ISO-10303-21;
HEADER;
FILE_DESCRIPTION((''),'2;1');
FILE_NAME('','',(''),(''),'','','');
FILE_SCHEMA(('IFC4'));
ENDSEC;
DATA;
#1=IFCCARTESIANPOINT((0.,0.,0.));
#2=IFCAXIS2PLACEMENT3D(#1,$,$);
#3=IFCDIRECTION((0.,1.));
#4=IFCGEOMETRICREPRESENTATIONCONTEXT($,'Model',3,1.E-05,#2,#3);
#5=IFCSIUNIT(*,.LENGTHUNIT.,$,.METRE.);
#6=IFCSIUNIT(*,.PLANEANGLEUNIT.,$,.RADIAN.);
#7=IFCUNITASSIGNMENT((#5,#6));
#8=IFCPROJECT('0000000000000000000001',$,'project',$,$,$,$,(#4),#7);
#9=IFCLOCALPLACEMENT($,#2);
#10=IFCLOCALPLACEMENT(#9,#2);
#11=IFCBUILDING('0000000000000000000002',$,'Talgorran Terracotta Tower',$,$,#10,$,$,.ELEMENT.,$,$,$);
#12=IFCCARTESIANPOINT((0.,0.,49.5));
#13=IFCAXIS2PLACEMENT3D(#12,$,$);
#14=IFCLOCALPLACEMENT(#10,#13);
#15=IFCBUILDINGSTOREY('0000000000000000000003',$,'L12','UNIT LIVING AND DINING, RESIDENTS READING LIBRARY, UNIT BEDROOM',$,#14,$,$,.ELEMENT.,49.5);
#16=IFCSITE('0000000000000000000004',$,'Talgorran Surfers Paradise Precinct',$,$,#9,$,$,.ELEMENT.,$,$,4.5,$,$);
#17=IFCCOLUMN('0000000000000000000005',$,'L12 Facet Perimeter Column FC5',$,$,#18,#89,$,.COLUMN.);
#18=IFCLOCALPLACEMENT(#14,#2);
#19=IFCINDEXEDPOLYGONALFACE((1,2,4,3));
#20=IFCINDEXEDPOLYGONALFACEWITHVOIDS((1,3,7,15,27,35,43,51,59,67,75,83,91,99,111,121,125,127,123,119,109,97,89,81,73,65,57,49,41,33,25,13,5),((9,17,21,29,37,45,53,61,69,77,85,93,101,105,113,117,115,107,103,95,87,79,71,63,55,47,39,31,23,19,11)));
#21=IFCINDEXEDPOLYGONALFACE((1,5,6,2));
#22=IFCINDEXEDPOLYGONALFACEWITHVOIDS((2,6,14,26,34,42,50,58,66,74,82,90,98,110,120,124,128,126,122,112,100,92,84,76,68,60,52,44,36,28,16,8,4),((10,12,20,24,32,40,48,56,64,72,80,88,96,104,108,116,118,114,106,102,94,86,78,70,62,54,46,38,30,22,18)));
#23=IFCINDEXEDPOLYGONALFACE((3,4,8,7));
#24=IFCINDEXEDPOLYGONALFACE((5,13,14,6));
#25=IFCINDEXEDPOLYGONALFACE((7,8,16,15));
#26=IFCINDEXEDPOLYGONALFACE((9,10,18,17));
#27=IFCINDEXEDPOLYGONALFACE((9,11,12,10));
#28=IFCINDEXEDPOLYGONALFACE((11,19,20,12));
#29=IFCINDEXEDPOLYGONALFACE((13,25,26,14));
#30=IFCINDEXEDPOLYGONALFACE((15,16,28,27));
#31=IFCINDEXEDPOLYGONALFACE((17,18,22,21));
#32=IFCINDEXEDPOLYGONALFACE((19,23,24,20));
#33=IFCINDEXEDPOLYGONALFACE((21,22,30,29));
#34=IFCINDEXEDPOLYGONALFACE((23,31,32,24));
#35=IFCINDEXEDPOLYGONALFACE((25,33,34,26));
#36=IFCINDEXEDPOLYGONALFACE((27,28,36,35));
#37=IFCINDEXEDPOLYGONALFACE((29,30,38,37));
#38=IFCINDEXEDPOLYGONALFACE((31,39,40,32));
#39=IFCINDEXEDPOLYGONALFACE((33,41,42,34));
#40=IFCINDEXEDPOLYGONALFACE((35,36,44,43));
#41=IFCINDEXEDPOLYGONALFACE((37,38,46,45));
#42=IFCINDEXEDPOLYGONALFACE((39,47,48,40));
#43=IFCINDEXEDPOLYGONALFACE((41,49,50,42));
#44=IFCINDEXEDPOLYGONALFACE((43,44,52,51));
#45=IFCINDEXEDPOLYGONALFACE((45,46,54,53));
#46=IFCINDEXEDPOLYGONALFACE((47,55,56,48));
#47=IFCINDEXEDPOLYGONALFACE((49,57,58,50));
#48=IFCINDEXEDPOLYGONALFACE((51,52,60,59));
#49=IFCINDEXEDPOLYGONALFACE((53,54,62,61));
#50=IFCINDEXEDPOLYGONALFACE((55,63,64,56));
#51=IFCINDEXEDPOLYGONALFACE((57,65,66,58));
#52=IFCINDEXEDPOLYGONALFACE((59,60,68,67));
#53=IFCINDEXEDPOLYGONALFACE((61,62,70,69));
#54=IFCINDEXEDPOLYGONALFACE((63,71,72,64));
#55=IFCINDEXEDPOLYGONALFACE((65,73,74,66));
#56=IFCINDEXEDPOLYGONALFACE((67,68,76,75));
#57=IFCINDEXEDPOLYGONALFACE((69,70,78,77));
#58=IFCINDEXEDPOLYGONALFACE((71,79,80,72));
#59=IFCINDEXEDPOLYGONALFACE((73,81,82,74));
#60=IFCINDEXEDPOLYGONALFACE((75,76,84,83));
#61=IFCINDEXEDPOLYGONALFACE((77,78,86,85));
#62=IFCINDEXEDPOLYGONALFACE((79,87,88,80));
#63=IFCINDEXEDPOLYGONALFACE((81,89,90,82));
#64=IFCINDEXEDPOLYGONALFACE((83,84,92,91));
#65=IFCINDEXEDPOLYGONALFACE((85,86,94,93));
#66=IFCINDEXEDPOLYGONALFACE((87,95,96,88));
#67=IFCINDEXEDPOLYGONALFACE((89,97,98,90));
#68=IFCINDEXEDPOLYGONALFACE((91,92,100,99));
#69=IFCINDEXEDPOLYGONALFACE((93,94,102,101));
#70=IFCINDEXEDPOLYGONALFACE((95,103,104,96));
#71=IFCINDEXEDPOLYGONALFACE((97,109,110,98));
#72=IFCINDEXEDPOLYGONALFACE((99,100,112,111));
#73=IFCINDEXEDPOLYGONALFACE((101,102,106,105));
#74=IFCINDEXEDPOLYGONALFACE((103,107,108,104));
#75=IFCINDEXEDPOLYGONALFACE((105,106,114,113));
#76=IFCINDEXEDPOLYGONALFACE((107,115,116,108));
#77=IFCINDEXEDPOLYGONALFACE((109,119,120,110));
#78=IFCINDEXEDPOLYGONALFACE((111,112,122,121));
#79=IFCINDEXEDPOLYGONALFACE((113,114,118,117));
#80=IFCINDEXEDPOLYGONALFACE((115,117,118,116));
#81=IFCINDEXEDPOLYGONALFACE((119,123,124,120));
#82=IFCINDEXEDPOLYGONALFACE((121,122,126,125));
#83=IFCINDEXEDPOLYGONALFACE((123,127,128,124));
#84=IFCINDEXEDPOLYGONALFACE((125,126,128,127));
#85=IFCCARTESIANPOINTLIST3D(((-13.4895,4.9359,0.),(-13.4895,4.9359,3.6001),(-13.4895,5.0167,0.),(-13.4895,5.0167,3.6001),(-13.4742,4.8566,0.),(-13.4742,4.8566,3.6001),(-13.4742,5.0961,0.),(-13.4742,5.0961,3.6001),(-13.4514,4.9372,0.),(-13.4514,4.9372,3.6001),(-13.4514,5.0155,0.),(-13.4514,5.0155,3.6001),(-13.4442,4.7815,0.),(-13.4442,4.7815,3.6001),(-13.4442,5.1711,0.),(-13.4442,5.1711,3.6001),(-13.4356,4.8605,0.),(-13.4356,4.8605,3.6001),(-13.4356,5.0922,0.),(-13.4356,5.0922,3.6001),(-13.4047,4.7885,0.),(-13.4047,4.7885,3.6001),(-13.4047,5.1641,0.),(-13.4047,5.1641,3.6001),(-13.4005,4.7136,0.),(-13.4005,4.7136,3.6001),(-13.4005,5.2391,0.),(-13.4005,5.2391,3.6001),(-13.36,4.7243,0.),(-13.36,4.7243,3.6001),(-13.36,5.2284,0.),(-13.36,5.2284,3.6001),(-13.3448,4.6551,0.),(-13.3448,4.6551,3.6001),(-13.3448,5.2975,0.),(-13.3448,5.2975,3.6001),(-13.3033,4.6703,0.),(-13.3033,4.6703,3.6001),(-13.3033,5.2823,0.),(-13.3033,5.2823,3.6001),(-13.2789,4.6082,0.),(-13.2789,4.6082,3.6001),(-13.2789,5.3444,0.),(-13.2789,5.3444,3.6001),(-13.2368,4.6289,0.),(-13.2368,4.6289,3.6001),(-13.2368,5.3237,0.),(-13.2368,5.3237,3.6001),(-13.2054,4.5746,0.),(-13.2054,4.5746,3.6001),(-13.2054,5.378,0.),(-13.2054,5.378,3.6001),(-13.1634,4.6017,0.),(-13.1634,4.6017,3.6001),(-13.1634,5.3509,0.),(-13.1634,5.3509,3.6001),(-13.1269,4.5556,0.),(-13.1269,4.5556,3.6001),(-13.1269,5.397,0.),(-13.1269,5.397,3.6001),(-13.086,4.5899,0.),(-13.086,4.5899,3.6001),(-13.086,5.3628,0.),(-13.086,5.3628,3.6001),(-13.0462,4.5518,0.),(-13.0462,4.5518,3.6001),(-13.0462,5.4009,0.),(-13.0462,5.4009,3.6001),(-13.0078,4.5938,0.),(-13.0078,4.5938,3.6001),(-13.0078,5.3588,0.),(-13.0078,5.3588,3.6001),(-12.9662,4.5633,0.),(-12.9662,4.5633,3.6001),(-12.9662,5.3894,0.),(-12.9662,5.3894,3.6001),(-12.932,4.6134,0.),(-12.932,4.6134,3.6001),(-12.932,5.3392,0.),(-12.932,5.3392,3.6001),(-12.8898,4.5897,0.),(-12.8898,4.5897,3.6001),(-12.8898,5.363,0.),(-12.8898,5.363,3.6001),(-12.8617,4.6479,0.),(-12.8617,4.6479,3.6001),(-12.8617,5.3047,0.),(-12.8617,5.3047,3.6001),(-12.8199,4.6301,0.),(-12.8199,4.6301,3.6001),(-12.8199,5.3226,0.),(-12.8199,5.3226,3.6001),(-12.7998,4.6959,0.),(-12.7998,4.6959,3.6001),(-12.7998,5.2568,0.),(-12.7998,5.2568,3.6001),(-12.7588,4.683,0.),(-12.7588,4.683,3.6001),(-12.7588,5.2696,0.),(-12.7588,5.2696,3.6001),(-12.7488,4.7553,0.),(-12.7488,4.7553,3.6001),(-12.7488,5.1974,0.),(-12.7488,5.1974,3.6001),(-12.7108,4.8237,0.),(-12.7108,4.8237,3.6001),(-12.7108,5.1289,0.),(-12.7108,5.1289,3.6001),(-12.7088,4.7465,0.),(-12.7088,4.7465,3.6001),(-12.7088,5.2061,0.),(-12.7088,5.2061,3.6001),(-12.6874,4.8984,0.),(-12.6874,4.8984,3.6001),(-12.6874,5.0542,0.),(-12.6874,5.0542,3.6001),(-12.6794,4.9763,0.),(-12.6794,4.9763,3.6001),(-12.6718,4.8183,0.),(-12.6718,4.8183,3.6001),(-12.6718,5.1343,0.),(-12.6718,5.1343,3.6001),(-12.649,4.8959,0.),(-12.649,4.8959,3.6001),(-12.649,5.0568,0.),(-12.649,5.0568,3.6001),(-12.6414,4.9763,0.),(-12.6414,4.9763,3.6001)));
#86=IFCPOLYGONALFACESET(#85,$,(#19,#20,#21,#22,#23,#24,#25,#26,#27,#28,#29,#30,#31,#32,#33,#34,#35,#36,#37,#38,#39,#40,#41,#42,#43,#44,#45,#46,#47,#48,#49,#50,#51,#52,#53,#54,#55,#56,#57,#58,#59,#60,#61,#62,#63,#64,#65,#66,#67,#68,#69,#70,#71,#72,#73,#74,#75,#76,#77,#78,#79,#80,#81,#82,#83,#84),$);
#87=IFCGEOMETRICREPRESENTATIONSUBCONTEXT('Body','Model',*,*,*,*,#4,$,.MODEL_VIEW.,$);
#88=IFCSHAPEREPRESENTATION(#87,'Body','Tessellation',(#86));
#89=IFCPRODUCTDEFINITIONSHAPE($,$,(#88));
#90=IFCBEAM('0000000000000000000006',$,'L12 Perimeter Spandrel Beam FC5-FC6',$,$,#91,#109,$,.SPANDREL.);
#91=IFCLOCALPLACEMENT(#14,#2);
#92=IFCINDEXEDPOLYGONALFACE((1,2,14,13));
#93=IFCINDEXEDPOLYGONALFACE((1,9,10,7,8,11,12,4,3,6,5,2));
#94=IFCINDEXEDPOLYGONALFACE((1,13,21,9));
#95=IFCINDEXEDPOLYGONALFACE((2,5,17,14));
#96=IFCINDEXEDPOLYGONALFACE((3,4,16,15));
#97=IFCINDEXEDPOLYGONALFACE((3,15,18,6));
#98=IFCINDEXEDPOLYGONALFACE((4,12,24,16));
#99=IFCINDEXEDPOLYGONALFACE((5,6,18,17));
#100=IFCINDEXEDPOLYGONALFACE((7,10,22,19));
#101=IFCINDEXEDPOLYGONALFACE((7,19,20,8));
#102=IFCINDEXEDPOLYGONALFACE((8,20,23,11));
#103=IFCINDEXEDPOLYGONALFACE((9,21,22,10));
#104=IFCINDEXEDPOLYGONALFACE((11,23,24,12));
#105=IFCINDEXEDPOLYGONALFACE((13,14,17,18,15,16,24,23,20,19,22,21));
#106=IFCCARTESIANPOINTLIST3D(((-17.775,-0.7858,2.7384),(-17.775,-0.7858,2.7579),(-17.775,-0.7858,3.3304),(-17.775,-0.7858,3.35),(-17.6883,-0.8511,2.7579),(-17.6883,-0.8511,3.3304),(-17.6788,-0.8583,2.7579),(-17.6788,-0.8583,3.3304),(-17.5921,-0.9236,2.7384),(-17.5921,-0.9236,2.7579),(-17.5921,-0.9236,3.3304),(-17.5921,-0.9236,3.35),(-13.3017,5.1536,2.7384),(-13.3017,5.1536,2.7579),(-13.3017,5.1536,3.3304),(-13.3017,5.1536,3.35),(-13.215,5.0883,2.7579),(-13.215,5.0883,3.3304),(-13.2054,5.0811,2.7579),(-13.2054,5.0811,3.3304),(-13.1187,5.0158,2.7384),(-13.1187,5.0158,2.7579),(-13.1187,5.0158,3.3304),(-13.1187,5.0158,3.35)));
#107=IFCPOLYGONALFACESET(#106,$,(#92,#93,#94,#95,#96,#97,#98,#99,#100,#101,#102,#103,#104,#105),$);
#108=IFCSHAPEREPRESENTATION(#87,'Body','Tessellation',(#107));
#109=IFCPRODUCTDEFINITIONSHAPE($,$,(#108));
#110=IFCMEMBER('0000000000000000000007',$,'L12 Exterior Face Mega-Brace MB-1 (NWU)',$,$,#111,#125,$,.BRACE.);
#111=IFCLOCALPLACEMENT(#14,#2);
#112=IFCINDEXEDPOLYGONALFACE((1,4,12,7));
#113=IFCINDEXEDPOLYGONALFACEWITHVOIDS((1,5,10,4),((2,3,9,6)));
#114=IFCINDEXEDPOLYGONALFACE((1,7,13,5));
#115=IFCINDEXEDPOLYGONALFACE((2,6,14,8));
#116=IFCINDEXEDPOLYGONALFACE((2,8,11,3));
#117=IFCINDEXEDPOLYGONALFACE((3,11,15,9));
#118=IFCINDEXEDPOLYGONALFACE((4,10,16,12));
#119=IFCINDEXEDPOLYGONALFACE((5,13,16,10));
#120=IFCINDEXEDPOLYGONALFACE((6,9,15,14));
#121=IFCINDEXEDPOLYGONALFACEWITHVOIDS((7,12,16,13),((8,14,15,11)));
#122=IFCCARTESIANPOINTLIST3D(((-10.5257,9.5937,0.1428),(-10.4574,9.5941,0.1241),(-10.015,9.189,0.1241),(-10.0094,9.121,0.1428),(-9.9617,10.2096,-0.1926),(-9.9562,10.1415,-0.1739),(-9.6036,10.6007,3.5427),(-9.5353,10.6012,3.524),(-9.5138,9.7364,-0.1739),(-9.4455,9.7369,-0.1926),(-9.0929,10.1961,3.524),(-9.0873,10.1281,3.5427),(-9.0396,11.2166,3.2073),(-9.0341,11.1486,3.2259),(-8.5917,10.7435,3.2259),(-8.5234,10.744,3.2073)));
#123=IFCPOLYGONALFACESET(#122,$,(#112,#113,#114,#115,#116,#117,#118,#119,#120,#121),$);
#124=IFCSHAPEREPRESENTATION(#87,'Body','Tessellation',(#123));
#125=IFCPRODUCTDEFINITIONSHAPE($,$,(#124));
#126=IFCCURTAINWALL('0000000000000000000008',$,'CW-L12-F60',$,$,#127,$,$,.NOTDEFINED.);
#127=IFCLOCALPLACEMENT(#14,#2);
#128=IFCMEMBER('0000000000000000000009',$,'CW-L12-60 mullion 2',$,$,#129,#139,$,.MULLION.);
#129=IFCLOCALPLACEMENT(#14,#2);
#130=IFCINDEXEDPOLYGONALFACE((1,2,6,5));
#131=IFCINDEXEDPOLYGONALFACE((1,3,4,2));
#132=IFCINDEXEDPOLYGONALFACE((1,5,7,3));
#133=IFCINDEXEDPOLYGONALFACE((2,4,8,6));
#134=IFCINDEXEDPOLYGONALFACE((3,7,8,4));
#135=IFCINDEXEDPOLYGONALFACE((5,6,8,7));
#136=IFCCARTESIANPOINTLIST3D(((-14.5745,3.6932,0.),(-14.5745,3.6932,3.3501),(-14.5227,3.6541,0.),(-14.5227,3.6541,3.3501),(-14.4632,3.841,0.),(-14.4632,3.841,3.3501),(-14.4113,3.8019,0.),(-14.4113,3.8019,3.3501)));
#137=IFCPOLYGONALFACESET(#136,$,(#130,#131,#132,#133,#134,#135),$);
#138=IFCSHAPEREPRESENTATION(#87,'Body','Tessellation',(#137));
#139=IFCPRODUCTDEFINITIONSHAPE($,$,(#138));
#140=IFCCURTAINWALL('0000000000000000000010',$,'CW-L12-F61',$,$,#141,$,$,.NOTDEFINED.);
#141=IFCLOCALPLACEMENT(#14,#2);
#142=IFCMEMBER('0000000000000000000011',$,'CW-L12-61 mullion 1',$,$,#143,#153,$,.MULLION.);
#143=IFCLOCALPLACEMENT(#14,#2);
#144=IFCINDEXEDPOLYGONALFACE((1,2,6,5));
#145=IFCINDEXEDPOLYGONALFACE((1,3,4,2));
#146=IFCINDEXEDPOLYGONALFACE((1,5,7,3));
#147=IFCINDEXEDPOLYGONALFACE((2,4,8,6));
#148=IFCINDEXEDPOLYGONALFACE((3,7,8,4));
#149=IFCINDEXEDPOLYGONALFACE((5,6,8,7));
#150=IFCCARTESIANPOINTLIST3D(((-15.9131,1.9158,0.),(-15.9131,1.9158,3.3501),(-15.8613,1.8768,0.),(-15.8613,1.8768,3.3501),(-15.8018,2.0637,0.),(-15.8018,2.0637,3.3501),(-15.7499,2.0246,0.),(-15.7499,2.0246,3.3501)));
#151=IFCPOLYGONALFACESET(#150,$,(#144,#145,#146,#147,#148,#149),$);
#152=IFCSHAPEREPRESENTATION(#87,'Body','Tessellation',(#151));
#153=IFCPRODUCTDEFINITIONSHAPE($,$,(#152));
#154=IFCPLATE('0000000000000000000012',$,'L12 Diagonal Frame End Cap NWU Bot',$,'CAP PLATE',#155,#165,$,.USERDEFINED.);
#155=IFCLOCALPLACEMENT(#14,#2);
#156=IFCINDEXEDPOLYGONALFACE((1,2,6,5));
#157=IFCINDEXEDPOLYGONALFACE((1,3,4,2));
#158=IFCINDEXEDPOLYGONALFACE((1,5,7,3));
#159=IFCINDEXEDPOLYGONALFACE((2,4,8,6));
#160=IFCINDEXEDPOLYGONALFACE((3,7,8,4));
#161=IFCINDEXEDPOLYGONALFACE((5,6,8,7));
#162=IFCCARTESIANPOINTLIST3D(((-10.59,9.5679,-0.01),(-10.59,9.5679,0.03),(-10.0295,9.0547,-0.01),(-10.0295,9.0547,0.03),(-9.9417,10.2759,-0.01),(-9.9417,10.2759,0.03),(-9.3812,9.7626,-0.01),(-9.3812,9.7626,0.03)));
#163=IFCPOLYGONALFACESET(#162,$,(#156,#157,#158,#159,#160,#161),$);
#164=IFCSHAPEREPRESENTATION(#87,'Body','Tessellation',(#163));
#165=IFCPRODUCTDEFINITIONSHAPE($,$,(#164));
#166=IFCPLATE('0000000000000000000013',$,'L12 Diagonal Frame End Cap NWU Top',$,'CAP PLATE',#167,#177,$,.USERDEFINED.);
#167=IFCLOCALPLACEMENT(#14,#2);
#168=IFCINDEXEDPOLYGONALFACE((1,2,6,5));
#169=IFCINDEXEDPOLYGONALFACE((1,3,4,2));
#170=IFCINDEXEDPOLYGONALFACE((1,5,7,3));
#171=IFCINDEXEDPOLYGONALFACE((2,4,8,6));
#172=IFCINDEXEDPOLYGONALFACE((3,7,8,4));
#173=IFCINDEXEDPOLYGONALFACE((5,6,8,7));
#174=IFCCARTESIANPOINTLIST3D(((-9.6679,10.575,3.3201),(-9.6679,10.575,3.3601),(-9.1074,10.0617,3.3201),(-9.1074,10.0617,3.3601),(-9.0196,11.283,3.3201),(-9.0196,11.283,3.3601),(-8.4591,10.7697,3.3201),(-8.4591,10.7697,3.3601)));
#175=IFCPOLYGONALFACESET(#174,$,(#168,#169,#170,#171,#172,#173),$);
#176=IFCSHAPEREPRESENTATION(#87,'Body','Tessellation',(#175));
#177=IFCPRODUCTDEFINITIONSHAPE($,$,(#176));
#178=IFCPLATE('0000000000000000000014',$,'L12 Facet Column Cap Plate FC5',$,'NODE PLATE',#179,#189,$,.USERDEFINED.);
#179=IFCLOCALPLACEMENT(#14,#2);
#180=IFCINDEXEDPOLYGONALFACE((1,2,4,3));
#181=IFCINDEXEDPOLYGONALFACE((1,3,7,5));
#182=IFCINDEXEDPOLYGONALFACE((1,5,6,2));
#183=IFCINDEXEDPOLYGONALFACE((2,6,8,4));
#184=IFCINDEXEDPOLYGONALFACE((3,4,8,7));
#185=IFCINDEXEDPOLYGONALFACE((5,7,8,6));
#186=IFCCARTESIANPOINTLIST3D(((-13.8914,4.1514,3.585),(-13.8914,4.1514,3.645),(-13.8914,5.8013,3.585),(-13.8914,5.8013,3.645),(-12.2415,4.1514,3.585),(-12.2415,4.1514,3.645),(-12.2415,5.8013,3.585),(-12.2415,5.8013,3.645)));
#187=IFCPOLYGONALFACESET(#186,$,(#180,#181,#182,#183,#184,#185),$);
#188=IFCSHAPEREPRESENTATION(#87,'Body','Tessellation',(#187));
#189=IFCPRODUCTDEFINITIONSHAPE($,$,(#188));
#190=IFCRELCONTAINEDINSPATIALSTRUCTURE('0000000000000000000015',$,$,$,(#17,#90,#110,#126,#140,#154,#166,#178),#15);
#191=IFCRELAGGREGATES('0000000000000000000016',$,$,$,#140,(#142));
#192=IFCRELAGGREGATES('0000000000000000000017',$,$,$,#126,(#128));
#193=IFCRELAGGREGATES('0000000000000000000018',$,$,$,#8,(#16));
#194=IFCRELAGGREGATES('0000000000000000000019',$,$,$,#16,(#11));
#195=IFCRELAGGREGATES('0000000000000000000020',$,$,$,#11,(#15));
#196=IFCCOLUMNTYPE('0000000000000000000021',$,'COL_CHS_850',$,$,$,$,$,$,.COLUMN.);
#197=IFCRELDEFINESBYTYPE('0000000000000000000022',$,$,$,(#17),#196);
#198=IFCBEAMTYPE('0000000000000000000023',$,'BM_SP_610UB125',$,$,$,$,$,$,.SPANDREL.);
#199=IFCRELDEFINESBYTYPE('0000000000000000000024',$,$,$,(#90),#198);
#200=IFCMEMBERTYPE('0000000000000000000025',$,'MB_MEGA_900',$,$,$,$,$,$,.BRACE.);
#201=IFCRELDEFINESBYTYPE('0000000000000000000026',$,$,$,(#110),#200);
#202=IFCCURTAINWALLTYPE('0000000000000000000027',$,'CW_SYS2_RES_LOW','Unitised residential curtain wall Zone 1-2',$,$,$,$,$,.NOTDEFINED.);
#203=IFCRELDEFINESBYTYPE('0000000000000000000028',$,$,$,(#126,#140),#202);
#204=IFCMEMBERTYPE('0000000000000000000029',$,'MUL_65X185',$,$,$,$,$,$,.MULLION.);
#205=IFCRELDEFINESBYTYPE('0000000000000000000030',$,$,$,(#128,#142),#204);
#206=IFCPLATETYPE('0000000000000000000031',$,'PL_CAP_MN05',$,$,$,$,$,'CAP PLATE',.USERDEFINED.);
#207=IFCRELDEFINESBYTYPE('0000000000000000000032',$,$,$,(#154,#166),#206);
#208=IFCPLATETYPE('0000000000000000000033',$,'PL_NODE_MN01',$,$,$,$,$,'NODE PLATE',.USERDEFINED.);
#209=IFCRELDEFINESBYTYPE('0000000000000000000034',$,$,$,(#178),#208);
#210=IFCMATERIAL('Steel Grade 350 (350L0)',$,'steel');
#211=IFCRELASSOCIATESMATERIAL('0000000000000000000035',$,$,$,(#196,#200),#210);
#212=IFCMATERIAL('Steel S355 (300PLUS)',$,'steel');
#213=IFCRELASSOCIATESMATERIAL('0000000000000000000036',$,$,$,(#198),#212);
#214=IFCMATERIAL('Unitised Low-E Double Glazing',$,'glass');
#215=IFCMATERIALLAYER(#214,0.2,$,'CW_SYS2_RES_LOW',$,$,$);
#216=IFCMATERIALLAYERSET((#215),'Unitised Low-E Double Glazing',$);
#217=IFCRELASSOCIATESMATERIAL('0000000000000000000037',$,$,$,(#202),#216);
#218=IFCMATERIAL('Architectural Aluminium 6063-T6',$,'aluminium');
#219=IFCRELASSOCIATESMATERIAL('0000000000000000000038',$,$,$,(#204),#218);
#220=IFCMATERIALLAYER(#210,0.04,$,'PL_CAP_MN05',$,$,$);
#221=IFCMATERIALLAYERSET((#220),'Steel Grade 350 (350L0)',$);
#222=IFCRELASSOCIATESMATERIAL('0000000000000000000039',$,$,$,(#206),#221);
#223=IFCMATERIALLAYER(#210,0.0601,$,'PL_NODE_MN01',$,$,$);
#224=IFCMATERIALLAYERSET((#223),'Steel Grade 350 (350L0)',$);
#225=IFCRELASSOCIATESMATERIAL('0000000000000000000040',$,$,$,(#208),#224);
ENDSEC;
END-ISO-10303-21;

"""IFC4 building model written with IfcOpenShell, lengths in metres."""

from ifc_helpers import new_model, si_unit, direction, frame, origin, origin_2d, place, context, subcontext, project, spatial, rectangle, hollow_rectangle, hollow_circle, i_section, extrude, material, layer, layer_set, material_profile, profile_set, type_object, element, aggregate, save


model = new_model("IFC4")

# Units and contexts
model_context = context("Model", 3, precision=1e-05, world=origin(), true_north=direction((0.0, 1.0)))
body_context = subcontext(model_context, "Body", "Model", "MODEL_VIEW")
ifc_project = project(units=[si_unit("LENGTHUNIT", "METRE"), si_unit("PLANEANGLEUNIT", "RADIAN")], contexts=[model_context])

# Site, building, storey
site_placement = place(None, origin())
site = spatial("IfcSite", under=ifc_project, at=site_placement, Name="Talgorran Surfers Paradise Precinct", CompositionType="ELEMENT", RefElevation=4.5)
building_placement = place(site_placement, origin())
building = spatial("IfcBuilding", under=site, at=building_placement, Name="Talgorran Terracotta Tower", CompositionType="ELEMENT")
storey_placement = place(building_placement, frame((0.0, 0.0, 49.5)))
storey = spatial("IfcBuildingStorey", under=building, at=storey_placement, Name="L12", Description="UNIT LIVING AND DINING, RESIDENTS READING LIBRARY, UNIT BEDROOM", CompositionType="ELEMENT", Elevation=49.5)

# Column
ifc_material_1 = material(Name="Steel Grade 350 (350L0)", Category="steel")
ifc_material_profile_1 = material_profile(ifc_material_1, hollow_circle(Radius=0.425, WallThickness=0.0381, at=origin_2d()), Name="CHS850X38")
ifc_profile_set_1 = profile_set([ifc_material_profile_1], Name="Steel Grade 350 (350L0)")
column_type = type_object("IfcColumnType", Name="COL_CHS_850", PredefinedType="COLUMN", material=ifc_profile_set_1)
column_placement = place(storey_placement, frame((-13.0664, 4.9763, 0.0), z_axis=(0.0, 0.0, 1.0), x_axis=(1.0, 0.0, 0.0)))
element("IfcColumn", 1, at=column_placement, inside=storey, type_object=column_type, Name="L12 Facet Perimeter Column FC5", PredefinedType="COLUMN", context=body_context, shape_type="SweptSolid", body=[
    extrude(hollow_circle(Radius=0.425, WallThickness=0.0381, at=origin_2d()), origin(), (0.0, 0.0, 1.0), 3.6001),
])

# Beam
ifc_material_2 = material(Name="Steel S355 (300PLUS)", Category="steel")
ifc_material_profile_2 = material_profile(ifc_material_2, i_section(OverallWidth=0.229, OverallDepth=0.6116, WebThickness=0.012, FlangeThickness=0.0195, at=origin_2d()), Name="610UB125")
ifc_profile_set_2 = profile_set([ifc_material_profile_2], Name="Steel S355 (300PLUS)")
beam_type = type_object("IfcBeamType", Name="BM_SP_610UB125", PredefinedType="SPANDREL", material=ifc_profile_set_2)
beam_placement = place(storey_placement, frame((-13.2102, 5.0847, 3.0442), z_axis=(-0.601617, -0.798785, 0.0), x_axis=(0.798785, -0.601617, 0.0)))
element("IfcBeam", 2, at=beam_placement, inside=storey, type_object=beam_type, Name="L12 Perimeter Spandrel Beam FC5-FC6", PredefinedType="SPANDREL", context=body_context, shape_type="SweptSolid", body=[
    extrude(i_section(OverallWidth=0.229, OverallDepth=0.6116, WebThickness=0.012, FlangeThickness=0.0195, at=origin_2d()), origin(), (0.0, 0.0, 1.0), 7.4355),
])

# Member
ifc_material_profile_3 = material_profile(ifc_material_1, hollow_rectangle(XDim=0.7, YDim=0.8999, WallThickness=0.05, at=origin_2d()), Name="WBOX900X700X50")
ifc_profile_set_3 = profile_set([ifc_material_profile_3], Name="Steel Grade 350 (350L0)")
member_type_1 = type_object("IfcMemberType", Name="MB_MEGA_900", PredefinedType="BRACE", material=ifc_profile_set_3)
member_1_placement = place(storey_placement, frame((-9.9856, 9.6653, -0.0249), z_axis=(0.25168, 0.274869, 0.927957), x_axis=(-0.737533, 0.675312, 0.0)))
element("IfcMember", 3, at=member_1_placement, inside=storey, type_object=member_type_1, Name="L12 Exterior Face Mega-Brace MB-1 (NWU)", PredefinedType="BRACE", context=body_context, shape_type="SweptSolid", body=[
    extrude(hollow_rectangle(XDim=0.7, YDim=0.8999, WallThickness=0.05, at=origin_2d()), origin(), (0.0, 0.0, 1.0), 3.6638),
])

# Curtain walls, members
ifc_material_3 = material(Name="Unitised Low-E Double Glazing", Category="glass")
ifc_layer_1 = layer(ifc_material_3, 0.2, Name="CW_SYS2_RES_LOW")
ifc_layer_set_1 = layer_set([ifc_layer_1], Name="Unitised Low-E Double Glazing")
curtain_wall_type = type_object("IfcCurtainWallType", Name="CW_SYS2_RES_LOW", Description="Unitised residential curtain wall Zone 1-2", PredefinedType="NOTDEFINED", material=ifc_layer_set_1)
curtain_wall_1_placement = place(storey_placement, origin())
curtain_wall_1 = element("IfcCurtainWall", 4, at=curtain_wall_1_placement, inside=storey, type_object=curtain_wall_type, Name="CW-L12-F60", PredefinedType="NOTDEFINED")
ifc_material_4 = material(Name="Architectural Aluminium 6063-T6", Category="aluminium")
ifc_material_profile_4 = material_profile(ifc_material_4, rectangle(XDim=0.0649, YDim=0.1851, at=origin_2d()), Name="CWM65X185")
ifc_profile_set_4 = profile_set([ifc_material_profile_4], Name="Architectural Aluminium 6063-T6")
member_type_2 = type_object("IfcMemberType", Name="MUL_65X185", PredefinedType="MULLION", material=ifc_profile_set_4)
member_2_placement = place(storey_placement, frame((-14.4929, 3.7476, 0.0), z_axis=(0.0, 0.0, 1.0), x_axis=(0.798777, -0.601628, 0.0)))
member_2 = element("IfcMember", 5, at=member_2_placement, type_object=member_type_2, Name="CW-L12-60 mullion 2", PredefinedType="MULLION", context=body_context, shape_type="SweptSolid", body=[
    extrude(rectangle(XDim=0.0649, YDim=0.1851, at=origin_2d()), origin(), (0.0, 0.0, 1.0), 3.3501),
])
curtain_wall_2_placement = place(storey_placement, origin())
curtain_wall_2 = element("IfcCurtainWall", 6, at=curtain_wall_2_placement, inside=storey, type_object=curtain_wall_type, Name="CW-L12-F61", PredefinedType="NOTDEFINED")
member_3_placement = place(storey_placement, frame((-15.8315, 1.9702, 0.0), z_axis=(0.0, 0.0, 1.0), x_axis=(0.798776, -0.601629, 0.0)))
member_3 = element("IfcMember", 7, at=member_3_placement, type_object=member_type_2, Name="CW-L12-61 mullion 1", PredefinedType="MULLION", context=body_context, shape_type="SweptSolid", body=[
    extrude(rectangle(XDim=0.0649, YDim=0.1851, at=origin_2d()), origin(), (0.0, 0.0, 1.0), 3.3501),
])
aggregate(curtain_wall_2, [member_3])

# Plates
ifc_layer_2 = layer(ifc_material_1, 0.04, Name="PL_CAP_MN05")
ifc_layer_set_2 = layer_set([ifc_layer_2], Name="Steel Grade 350 (350L0)")
plate_type_1 = type_object("IfcPlateType", Name="PL_CAP_MN05", ElementType="CAP PLATE", PredefinedType="USERDEFINED", material=ifc_layer_set_2)
for number, where, z_axis, x_axis, name in (
    (8, (-9.9856, 9.6653, -0.01), (0.0, 0.0, 1.0), (0.675333, 0.737513, 0.0), "L12 Diagonal Frame End Cap NWU Bot"),
    (9, (-9.0635, 10.6724, 3.3201), (0.0, 0.0, 1.0), (0.675333, 0.737513, 0.0), "L12 Diagonal Frame End Cap NWU Top"),
):
    element("IfcPlate", number, at=place(storey_placement, frame(where, z_axis=z_axis, x_axis=x_axis)), inside=storey, type_object=plate_type_1, Name=name, ObjectType="CAP PLATE", PredefinedType="USERDEFINED", context=body_context, shape_type="SweptSolid", body=[
        extrude(rectangle(XDim=0.96, YDim=0.76, at=origin_2d()), origin(), (0.0, 0.0, 1.0), 0.04),
    ])
ifc_layer_3 = layer(ifc_material_1, 0.0601, Name="PL_NODE_MN01")
ifc_layer_set_3 = layer_set([ifc_layer_3], Name="Steel Grade 350 (350L0)")
plate_type_2 = type_object("IfcPlateType", Name="PL_NODE_MN01", ElementType="NODE PLATE", PredefinedType="USERDEFINED", material=ifc_layer_set_3)
plate_1_placement = place(storey_placement, frame((-13.0664, 4.9763, 3.585), z_axis=(0.0, 0.0, 1.0), x_axis=(1.0, 0.0, 0.0)))
element("IfcPlate", 10, at=plate_1_placement, inside=storey, type_object=plate_type_2, Name="L12 Facet Column Cap Plate FC5", ObjectType="NODE PLATE", PredefinedType="USERDEFINED", context=body_context, shape_type="SweptSolid", body=[
    extrude(rectangle(XDim=1.6499, YDim=1.6499, at=origin_2d()), origin(), (0.0, 0.0, 1.0), 0.0601),
])

aggregate(curtain_wall_1, [member_2])

save(model, "model.ifc")
